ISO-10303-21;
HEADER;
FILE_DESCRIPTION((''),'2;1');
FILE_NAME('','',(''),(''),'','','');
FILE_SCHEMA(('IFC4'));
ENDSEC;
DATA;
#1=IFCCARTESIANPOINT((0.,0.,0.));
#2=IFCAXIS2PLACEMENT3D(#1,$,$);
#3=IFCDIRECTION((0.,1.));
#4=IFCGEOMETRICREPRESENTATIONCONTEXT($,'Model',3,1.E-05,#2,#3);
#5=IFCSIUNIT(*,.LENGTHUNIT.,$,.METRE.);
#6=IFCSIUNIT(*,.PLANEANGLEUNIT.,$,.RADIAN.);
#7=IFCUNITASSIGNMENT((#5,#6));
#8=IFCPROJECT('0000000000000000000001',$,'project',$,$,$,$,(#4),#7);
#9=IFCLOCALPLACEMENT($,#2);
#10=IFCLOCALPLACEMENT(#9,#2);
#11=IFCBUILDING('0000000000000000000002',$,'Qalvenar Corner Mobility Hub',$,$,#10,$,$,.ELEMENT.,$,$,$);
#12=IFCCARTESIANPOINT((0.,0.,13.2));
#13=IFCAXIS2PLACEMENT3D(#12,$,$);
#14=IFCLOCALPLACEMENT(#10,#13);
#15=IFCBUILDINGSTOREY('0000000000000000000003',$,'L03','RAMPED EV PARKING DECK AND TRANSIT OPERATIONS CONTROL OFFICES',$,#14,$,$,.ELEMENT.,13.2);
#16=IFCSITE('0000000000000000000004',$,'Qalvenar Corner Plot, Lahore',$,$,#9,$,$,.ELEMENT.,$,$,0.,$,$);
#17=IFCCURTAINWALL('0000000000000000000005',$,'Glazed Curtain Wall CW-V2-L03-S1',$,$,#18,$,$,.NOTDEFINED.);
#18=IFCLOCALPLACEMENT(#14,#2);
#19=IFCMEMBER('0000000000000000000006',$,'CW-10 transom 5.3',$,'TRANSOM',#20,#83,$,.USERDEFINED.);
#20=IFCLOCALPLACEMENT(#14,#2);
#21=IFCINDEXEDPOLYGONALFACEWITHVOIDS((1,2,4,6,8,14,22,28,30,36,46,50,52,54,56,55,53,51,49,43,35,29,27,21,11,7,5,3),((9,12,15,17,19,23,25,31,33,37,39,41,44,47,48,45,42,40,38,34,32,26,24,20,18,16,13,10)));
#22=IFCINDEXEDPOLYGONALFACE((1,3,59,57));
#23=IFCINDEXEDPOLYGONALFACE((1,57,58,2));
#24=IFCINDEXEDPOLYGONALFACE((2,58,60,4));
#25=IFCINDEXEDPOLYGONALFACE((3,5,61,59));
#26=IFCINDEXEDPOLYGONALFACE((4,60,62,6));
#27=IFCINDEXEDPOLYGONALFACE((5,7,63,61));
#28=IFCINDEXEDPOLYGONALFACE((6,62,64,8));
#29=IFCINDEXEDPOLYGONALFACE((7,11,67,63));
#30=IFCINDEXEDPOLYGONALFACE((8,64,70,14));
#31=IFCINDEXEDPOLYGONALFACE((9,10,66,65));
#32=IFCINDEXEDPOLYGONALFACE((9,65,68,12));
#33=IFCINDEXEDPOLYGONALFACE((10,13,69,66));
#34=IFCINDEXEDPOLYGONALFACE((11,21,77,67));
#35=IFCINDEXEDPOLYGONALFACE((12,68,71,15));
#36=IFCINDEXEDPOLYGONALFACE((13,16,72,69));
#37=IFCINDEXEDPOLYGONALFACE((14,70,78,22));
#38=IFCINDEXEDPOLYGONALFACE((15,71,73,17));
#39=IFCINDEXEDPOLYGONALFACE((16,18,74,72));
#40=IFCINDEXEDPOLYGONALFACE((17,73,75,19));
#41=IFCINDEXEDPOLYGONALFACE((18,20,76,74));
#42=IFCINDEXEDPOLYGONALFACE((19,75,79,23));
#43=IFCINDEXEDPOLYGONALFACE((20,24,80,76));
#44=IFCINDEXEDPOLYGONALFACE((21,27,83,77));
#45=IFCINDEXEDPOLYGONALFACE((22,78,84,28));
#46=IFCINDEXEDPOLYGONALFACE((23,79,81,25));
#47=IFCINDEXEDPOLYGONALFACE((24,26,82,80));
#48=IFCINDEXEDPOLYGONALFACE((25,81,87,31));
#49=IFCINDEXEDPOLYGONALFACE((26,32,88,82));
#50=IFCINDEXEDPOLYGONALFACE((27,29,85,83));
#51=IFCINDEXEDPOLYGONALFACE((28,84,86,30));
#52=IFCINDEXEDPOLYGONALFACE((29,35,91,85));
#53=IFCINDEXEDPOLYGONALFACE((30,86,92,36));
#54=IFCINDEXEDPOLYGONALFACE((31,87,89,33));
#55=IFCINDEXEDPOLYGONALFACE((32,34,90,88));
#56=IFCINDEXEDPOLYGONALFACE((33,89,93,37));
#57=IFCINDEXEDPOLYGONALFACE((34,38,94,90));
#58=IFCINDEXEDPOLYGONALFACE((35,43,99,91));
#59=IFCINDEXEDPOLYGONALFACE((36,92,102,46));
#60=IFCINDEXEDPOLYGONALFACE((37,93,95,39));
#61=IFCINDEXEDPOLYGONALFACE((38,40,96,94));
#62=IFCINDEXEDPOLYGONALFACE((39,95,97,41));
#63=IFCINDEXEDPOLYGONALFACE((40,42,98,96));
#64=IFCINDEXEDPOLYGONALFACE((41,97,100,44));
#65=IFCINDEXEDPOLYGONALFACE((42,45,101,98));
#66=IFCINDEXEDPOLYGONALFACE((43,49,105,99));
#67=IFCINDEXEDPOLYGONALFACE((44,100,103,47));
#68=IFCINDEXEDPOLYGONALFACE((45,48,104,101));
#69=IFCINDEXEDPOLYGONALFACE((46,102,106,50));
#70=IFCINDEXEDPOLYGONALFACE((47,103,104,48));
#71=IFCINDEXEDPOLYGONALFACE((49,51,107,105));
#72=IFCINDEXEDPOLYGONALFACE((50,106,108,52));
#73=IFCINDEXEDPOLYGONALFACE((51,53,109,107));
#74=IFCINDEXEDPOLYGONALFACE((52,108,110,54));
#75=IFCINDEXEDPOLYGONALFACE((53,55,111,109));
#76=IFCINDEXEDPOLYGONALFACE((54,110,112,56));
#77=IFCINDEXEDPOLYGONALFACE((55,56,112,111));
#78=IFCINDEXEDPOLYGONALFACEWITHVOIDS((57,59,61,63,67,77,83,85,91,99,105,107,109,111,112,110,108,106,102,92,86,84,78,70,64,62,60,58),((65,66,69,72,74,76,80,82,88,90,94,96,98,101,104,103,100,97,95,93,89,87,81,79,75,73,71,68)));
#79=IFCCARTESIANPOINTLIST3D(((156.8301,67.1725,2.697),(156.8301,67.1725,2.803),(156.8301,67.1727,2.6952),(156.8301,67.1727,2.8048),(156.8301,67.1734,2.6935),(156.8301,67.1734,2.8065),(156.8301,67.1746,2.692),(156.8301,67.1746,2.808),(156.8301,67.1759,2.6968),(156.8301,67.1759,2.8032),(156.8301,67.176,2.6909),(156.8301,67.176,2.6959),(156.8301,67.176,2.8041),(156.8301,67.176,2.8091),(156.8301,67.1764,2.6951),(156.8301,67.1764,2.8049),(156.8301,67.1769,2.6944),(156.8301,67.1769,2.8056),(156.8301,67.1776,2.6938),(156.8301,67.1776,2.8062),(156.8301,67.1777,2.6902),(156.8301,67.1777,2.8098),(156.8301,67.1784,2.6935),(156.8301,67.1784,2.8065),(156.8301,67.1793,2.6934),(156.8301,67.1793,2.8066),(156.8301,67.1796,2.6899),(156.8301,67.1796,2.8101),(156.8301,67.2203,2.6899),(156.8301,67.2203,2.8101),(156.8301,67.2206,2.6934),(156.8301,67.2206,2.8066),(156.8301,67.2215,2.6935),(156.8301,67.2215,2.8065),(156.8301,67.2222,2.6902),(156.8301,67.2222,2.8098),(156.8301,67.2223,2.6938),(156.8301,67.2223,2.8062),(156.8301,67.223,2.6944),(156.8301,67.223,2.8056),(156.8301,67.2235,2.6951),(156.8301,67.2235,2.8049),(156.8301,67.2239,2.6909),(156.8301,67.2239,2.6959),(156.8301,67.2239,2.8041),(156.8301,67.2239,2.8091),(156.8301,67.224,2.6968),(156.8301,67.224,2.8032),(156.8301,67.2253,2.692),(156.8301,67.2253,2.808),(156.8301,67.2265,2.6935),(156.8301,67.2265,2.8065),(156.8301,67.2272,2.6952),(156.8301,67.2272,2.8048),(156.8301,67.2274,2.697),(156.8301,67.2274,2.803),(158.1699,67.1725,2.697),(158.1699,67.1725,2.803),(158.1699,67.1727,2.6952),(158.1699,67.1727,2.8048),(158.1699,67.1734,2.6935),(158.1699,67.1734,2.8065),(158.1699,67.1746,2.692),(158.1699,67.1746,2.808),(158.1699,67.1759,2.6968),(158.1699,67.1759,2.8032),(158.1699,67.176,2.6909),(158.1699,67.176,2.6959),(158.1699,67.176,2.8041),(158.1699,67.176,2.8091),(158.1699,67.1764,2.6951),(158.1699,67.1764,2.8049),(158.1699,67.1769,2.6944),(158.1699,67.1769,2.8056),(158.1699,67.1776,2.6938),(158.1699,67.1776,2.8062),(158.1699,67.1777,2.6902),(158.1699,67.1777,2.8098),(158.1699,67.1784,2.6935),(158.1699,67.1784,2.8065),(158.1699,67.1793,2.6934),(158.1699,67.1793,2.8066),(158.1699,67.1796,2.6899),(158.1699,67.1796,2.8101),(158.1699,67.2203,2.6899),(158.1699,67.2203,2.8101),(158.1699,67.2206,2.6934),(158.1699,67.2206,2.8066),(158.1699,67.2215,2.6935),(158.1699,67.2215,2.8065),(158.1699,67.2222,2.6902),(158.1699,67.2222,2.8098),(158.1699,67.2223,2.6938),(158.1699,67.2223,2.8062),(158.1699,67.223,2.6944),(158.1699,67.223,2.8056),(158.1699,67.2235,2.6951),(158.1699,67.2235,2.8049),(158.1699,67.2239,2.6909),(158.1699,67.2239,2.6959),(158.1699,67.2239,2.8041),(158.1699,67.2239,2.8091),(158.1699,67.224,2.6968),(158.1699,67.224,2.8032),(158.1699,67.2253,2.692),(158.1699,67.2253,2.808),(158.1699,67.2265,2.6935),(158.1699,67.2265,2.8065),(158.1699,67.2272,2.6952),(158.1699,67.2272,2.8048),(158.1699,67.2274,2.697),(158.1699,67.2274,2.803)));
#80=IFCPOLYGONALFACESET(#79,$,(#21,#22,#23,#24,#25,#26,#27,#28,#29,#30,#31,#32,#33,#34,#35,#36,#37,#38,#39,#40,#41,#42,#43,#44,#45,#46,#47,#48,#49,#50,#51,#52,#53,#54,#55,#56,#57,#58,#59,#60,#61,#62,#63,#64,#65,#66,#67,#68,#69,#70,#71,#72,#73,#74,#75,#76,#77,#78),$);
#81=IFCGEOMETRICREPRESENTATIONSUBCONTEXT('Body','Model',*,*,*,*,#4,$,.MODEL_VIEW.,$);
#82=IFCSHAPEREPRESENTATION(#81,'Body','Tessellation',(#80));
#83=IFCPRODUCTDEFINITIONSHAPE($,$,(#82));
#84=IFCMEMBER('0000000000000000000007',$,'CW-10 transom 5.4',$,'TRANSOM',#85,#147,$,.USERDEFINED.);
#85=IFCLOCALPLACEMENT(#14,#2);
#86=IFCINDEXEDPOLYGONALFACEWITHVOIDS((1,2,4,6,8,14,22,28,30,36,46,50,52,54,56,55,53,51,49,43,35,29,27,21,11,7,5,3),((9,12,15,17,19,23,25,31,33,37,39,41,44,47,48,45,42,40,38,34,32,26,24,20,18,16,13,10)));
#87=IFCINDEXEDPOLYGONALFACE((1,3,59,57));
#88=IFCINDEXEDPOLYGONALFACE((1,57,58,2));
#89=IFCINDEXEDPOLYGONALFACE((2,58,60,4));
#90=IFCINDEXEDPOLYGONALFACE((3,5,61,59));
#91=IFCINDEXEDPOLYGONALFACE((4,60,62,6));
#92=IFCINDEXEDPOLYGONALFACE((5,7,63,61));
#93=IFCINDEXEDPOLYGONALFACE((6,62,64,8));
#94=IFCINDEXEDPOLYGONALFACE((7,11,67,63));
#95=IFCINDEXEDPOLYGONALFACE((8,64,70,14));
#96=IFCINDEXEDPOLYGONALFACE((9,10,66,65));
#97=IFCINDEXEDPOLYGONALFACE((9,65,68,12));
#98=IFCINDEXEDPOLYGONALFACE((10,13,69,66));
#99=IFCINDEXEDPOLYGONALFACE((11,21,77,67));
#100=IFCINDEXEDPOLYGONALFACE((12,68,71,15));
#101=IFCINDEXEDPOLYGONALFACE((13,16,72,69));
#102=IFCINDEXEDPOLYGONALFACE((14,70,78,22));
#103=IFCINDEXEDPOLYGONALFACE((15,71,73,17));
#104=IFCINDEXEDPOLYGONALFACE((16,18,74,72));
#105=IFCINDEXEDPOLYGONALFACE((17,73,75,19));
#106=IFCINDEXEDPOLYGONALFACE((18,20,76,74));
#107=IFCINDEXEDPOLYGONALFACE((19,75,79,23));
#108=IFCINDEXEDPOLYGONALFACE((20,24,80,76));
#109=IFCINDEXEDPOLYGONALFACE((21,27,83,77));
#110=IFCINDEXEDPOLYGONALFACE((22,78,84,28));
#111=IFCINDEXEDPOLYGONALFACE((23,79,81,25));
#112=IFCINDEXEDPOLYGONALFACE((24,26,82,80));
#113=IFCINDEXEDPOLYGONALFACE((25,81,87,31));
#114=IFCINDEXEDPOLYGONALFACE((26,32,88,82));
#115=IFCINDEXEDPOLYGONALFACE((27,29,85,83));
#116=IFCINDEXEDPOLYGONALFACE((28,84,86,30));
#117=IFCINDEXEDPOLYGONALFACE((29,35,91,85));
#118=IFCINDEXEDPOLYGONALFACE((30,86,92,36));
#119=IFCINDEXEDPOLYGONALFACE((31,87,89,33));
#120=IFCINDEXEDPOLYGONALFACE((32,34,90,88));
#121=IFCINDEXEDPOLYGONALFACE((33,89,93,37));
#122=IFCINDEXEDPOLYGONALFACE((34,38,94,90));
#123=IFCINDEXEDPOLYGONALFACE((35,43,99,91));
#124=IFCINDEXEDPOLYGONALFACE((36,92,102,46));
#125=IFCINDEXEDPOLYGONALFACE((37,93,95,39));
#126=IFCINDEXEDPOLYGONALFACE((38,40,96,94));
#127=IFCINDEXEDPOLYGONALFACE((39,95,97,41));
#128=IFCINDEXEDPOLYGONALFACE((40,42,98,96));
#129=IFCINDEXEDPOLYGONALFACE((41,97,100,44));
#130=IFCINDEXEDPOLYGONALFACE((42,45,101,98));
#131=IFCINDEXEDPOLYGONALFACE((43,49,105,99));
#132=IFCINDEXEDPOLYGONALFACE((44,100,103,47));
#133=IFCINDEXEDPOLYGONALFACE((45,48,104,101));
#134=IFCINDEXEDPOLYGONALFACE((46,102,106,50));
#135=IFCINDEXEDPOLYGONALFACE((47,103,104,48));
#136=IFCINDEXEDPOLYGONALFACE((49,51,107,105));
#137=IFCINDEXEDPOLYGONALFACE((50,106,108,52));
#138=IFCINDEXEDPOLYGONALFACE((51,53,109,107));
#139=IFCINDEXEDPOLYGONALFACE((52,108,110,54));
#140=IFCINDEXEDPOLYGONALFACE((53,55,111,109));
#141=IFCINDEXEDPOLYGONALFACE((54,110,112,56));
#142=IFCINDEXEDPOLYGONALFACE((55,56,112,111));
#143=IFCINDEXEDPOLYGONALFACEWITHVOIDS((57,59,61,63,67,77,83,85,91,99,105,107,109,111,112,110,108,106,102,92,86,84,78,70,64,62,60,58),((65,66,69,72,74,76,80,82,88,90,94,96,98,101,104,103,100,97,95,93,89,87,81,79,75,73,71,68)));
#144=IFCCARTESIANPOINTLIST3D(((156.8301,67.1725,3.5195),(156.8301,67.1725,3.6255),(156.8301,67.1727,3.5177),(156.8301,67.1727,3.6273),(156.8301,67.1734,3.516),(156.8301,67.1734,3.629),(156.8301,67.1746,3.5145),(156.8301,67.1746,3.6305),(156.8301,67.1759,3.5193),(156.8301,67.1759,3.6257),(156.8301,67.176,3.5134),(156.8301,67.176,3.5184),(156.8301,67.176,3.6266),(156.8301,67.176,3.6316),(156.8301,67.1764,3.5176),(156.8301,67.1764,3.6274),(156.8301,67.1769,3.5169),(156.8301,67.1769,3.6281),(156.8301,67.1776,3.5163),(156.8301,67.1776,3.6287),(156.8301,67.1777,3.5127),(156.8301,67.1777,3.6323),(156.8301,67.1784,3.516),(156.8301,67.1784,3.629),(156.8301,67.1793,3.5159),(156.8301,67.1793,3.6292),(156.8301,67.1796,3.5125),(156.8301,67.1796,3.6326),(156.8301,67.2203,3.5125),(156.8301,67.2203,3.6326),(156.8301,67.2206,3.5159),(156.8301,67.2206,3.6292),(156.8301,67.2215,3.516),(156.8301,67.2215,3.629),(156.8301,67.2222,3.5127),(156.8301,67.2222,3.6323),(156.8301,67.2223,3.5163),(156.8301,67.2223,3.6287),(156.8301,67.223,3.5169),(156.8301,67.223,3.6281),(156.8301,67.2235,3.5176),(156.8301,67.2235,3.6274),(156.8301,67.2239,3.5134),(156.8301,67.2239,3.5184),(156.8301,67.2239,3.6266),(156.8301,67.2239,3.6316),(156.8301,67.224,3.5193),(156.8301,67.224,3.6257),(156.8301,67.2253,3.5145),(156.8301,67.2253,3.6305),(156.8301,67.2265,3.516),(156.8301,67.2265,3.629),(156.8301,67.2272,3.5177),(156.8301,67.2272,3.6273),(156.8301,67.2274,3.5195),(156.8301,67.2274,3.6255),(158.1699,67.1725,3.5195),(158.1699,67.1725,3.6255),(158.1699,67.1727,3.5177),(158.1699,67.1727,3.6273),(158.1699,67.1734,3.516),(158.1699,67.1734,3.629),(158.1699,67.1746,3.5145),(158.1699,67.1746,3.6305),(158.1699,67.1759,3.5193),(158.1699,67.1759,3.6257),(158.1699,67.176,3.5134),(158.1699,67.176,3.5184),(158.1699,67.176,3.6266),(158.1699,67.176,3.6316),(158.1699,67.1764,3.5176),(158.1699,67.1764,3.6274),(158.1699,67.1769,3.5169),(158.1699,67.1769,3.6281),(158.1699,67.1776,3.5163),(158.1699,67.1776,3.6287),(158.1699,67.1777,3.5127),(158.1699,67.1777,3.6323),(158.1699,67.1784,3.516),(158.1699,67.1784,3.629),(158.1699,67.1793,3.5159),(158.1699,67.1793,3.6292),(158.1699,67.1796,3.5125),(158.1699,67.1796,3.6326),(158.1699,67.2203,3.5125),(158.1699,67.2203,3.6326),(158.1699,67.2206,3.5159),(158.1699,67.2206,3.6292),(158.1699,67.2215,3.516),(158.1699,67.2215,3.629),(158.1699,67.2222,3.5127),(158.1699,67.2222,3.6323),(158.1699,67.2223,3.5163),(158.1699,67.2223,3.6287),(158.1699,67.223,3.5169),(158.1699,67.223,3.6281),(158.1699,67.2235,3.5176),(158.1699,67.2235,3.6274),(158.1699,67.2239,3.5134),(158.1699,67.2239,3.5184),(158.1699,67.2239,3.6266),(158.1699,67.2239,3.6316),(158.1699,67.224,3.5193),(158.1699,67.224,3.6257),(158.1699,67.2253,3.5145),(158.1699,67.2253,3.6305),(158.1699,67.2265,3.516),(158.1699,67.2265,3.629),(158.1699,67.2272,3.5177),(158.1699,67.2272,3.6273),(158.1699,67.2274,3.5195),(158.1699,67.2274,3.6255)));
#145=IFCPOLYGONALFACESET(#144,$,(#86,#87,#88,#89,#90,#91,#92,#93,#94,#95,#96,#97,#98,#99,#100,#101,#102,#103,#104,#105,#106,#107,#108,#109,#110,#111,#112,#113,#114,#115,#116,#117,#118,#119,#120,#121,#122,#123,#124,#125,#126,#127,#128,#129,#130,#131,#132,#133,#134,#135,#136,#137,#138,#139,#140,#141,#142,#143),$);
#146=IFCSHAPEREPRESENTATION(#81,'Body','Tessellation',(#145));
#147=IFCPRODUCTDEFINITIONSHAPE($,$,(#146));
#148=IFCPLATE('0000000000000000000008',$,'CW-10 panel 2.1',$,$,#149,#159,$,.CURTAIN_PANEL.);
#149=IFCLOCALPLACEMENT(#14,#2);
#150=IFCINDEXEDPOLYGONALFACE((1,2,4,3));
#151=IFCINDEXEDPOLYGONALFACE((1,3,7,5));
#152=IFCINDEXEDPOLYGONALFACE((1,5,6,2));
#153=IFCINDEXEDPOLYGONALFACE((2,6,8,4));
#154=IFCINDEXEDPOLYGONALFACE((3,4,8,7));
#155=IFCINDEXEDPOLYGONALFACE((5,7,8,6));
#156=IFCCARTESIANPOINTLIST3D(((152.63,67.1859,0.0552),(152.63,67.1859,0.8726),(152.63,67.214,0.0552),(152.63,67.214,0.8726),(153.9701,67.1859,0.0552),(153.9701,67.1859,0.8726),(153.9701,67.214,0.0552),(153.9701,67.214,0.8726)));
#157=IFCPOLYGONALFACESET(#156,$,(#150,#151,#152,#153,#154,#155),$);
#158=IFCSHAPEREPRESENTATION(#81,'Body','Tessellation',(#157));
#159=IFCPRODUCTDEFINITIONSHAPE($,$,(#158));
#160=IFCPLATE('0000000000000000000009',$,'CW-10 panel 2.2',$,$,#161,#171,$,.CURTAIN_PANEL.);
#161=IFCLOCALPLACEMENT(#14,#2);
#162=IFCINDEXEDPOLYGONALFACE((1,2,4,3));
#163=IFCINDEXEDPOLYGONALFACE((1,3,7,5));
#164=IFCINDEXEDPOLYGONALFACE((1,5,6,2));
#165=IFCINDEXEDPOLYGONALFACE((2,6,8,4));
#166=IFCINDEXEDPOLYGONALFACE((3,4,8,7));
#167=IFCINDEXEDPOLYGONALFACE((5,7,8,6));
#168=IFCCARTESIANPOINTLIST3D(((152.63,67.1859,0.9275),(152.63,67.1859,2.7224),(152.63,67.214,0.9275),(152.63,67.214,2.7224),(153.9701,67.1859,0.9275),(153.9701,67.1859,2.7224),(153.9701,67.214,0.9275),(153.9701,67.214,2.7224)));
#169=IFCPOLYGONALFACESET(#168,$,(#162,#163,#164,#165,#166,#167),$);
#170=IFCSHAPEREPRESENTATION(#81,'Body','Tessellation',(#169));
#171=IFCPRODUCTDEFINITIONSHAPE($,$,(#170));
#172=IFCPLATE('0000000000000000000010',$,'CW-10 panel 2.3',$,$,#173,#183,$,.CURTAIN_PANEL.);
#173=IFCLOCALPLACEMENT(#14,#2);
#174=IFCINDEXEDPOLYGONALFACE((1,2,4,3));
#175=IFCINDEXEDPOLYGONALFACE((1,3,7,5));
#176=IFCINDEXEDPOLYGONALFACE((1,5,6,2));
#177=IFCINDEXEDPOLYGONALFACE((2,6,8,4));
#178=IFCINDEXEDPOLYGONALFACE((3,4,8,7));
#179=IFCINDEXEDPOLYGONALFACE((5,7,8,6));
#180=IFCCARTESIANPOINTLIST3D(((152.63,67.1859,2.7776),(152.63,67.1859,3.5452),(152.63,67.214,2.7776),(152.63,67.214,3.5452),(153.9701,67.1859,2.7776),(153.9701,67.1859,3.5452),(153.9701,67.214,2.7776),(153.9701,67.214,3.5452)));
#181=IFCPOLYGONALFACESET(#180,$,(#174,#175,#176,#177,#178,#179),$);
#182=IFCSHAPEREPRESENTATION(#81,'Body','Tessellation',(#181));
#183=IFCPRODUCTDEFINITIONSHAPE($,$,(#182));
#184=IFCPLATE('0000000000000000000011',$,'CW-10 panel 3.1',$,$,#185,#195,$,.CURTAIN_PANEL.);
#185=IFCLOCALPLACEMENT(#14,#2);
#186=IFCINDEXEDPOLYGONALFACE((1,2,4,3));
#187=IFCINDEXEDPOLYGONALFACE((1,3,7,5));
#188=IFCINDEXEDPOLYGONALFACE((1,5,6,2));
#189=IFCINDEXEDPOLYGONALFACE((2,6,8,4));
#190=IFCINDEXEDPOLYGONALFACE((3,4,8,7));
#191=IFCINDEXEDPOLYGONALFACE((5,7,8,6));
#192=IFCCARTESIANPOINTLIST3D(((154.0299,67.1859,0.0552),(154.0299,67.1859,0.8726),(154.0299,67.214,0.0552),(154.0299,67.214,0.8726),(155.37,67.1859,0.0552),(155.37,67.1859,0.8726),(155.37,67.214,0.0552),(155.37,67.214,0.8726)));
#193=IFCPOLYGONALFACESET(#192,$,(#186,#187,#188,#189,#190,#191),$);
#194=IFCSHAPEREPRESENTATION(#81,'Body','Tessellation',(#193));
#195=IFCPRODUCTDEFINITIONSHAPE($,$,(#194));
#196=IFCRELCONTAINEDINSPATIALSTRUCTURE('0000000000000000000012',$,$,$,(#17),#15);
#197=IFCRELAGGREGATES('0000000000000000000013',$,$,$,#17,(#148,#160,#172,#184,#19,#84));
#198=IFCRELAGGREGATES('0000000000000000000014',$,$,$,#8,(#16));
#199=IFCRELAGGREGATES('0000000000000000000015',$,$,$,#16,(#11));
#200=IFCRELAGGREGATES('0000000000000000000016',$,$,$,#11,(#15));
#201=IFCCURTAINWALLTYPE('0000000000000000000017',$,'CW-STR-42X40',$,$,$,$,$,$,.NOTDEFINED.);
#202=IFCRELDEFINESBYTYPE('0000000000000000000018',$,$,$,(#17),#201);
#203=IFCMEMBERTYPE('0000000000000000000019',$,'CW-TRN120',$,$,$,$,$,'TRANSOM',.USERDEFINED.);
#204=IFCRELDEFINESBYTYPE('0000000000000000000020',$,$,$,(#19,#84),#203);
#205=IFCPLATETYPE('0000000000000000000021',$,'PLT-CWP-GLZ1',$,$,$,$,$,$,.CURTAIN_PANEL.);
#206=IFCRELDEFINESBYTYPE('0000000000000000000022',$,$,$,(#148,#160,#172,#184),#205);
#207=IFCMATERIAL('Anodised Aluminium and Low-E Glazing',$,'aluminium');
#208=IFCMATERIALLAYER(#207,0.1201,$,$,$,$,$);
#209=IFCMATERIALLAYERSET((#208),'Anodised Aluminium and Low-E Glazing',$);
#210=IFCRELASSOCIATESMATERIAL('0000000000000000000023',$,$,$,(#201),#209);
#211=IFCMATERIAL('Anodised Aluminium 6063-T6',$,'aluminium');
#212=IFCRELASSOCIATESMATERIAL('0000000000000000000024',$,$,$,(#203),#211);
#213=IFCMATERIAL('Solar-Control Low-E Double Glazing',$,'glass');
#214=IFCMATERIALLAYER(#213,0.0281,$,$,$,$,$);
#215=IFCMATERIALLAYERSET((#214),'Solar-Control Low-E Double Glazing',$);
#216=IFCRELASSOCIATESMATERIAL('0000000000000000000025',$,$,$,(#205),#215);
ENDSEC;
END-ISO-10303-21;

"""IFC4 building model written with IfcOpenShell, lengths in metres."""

from ifc_helpers import new_model, si_unit, direction, frame, origin, origin_2d, place, context, subcontext, project, spatial, rectangle, hollow_rectangle, extrude, material, layer, layer_set, material_profile, profile_set, type_object, element, aggregate, save


model = new_model("IFC4")

# Units and contexts
model_context = context("Model", 3, precision=1e-05, world=origin(), true_north=direction((0.0, 1.0)))
body_context = subcontext(model_context, "Body", "Model", "MODEL_VIEW")
ifc_project = project(units=[si_unit("LENGTHUNIT", "METRE"), si_unit("PLANEANGLEUNIT", "RADIAN")], contexts=[model_context])

# Site, building, storey
site_placement = place(None, origin())
site = spatial("IfcSite", under=ifc_project, at=site_placement, Name="Qalvenar Corner Plot, Lahore", CompositionType="ELEMENT", RefElevation=0.0)
building_placement = place(site_placement, origin())
building = spatial("IfcBuilding", under=site, at=building_placement, Name="Qalvenar Corner Mobility Hub", CompositionType="ELEMENT")
storey_placement = place(building_placement, frame((0.0, 0.0, 13.2)))
storey = spatial("IfcBuildingStorey", under=building, at=storey_placement, Name="L03", Description="RAMPED EV PARKING DECK AND TRANSIT OPERATIONS CONTROL OFFICES", CompositionType="ELEMENT", Elevation=13.2)

# Curtain wall, members, plates
ifc_material_1 = material(Name="Anodised Aluminium and Low-E Glazing", Category="aluminium")
ifc_layer_1 = layer(ifc_material_1, 0.1201)
ifc_layer_set_1 = layer_set([ifc_layer_1], Name="Anodised Aluminium and Low-E Glazing")
curtain_wall_type = type_object("IfcCurtainWallType", Name="CW-STR-42X40", PredefinedType="NOTDEFINED", material=ifc_layer_set_1)
curtain_wall_placement = place(storey_placement, origin())
curtain_wall = element("IfcCurtainWall", 1, at=curtain_wall_placement, inside=storey, type_object=curtain_wall_type, Name="Glazed Curtain Wall CW-V2-L03-S1", PredefinedType="NOTDEFINED")
ifc_material_2 = material(Name="Anodised Aluminium 6063-T6", Category="aluminium")
ifc_material_profile_1 = material_profile(ifc_material_2, hollow_rectangle(XDim=0.0549, YDim=0.1201, WallThickness=0.0034, InnerFilletRadius=0.0034, OuterFilletRadius=0.0071, at=origin_2d()), Name="RHS120x55x3.5")
ifc_profile_set_1 = profile_set([ifc_material_profile_1], Name="Anodised Aluminium 6063-T6")
member_type_1 = type_object("IfcMemberType", Name="CW-TRN120", ElementType="TRANSOM", PredefinedType="USERDEFINED", material=ifc_profile_set_1)
member_1_placement = place(storey_placement, frame((156.8301, 67.2, 2.75), z_axis=(1.0, 0.0, 0.0), x_axis=(0.0, 1.0, 0.0)))
member_1 = element("IfcMember", 2, at=member_1_placement, type_object=member_type_1, Name="CW-10 transom 5.3", ObjectType="TRANSOM", PredefinedType="USERDEFINED", context=body_context, shape_type="SweptSolid", body=[
    extrude(hollow_rectangle(XDim=0.0549, YDim=0.1201, WallThickness=0.0034, InnerFilletRadius=0.0034, OuterFilletRadius=0.0071, at=origin_2d()), origin(), (0.0, 0.0, 1.0), 1.3398),
])
member_2_placement = place(storey_placement, frame((156.8301, 67.2, 3.5725), z_axis=(1.0, 0.0, 0.0), x_axis=(0.0, 1.0, 0.0)))
member_2 = element("IfcMember", 3, at=member_2_placement, type_object=member_type_1, Name="CW-10 transom 5.4", ObjectType="TRANSOM", PredefinedType="USERDEFINED", context=body_context, shape_type="SweptSolid", body=[
    extrude(hollow_rectangle(XDim=0.0549, YDim=0.1201, WallThickness=0.0034, InnerFilletRadius=0.0034, OuterFilletRadius=0.0071, at=origin_2d()), origin(), (0.0, 0.0, 1.0), 1.3398),
])
ifc_material_3 = material(Name="Solar-Control Low-E Double Glazing", Category="glass")
ifc_layer_2 = layer(ifc_material_3, 0.0281)
ifc_layer_set_2 = layer_set([ifc_layer_2], Name="Solar-Control Low-E Double Glazing")
plate_type = type_object("IfcPlateType", Name="PLT-CWP-GLZ1", PredefinedType="CURTAIN_PANEL", material=ifc_layer_set_2)
plate_1_placement = place(storey_placement, frame((153.3, 67.2, 0.0552), z_axis=(0.0, 0.0, 1.0), x_axis=(1.0, 0.0, 0.0)))
plate_1 = element("IfcPlate", 4, at=plate_1_placement, type_object=plate_type, Name="CW-10 panel 2.1", PredefinedType="CURTAIN_PANEL", context=body_context, shape_type="SweptSolid", body=[
    extrude(rectangle(XDim=1.3401, YDim=0.0281, at=origin_2d()), origin(), (0.0, 0.0, 1.0), 0.8174),
])
plate_2_placement = place(storey_placement, frame((153.3, 67.2, 0.9275), z_axis=(0.0, 0.0, 1.0), x_axis=(1.0, 0.0, 0.0)))
plate_2 = element("IfcPlate", 5, at=plate_2_placement, type_object=plate_type, Name="CW-10 panel 2.2", PredefinedType="CURTAIN_PANEL", context=body_context, shape_type="SweptSolid", body=[
    extrude(rectangle(XDim=1.3401, YDim=0.0281, at=origin_2d()), origin(), (0.0, 0.0, 1.0), 1.7949),
])
plate_3_placement = place(storey_placement, frame((153.3, 67.2, 2.7776), z_axis=(0.0, 0.0, 1.0), x_axis=(1.0, 0.0, 0.0)))
plate_3 = element("IfcPlate", 6, at=plate_3_placement, type_object=plate_type, Name="CW-10 panel 2.3", PredefinedType="CURTAIN_PANEL", context=body_context, shape_type="SweptSolid", body=[
    extrude(rectangle(XDim=1.3401, YDim=0.0281, at=origin_2d()), origin(), (0.0, 0.0, 1.0), 0.7676),
])
plate_4_placement = place(storey_placement, frame((154.7, 67.2, 0.0552), z_axis=(0.0, 0.0, 1.0), x_axis=(1.0, 0.0, 0.0)))
plate_4 = element("IfcPlate", 7, at=plate_4_placement, type_object=plate_type, Name="CW-10 panel 3.1", PredefinedType="CURTAIN_PANEL", context=body_context, shape_type="SweptSolid", body=[
    extrude(rectangle(XDim=1.3401, YDim=0.0281, at=origin_2d()), origin(), (0.0, 0.0, 1.0), 0.8174),
])
aggregate(curtain_wall, [plate_1, plate_2, plate_3, plate_4, member_1, member_2])

save(model, "model.ifc")
